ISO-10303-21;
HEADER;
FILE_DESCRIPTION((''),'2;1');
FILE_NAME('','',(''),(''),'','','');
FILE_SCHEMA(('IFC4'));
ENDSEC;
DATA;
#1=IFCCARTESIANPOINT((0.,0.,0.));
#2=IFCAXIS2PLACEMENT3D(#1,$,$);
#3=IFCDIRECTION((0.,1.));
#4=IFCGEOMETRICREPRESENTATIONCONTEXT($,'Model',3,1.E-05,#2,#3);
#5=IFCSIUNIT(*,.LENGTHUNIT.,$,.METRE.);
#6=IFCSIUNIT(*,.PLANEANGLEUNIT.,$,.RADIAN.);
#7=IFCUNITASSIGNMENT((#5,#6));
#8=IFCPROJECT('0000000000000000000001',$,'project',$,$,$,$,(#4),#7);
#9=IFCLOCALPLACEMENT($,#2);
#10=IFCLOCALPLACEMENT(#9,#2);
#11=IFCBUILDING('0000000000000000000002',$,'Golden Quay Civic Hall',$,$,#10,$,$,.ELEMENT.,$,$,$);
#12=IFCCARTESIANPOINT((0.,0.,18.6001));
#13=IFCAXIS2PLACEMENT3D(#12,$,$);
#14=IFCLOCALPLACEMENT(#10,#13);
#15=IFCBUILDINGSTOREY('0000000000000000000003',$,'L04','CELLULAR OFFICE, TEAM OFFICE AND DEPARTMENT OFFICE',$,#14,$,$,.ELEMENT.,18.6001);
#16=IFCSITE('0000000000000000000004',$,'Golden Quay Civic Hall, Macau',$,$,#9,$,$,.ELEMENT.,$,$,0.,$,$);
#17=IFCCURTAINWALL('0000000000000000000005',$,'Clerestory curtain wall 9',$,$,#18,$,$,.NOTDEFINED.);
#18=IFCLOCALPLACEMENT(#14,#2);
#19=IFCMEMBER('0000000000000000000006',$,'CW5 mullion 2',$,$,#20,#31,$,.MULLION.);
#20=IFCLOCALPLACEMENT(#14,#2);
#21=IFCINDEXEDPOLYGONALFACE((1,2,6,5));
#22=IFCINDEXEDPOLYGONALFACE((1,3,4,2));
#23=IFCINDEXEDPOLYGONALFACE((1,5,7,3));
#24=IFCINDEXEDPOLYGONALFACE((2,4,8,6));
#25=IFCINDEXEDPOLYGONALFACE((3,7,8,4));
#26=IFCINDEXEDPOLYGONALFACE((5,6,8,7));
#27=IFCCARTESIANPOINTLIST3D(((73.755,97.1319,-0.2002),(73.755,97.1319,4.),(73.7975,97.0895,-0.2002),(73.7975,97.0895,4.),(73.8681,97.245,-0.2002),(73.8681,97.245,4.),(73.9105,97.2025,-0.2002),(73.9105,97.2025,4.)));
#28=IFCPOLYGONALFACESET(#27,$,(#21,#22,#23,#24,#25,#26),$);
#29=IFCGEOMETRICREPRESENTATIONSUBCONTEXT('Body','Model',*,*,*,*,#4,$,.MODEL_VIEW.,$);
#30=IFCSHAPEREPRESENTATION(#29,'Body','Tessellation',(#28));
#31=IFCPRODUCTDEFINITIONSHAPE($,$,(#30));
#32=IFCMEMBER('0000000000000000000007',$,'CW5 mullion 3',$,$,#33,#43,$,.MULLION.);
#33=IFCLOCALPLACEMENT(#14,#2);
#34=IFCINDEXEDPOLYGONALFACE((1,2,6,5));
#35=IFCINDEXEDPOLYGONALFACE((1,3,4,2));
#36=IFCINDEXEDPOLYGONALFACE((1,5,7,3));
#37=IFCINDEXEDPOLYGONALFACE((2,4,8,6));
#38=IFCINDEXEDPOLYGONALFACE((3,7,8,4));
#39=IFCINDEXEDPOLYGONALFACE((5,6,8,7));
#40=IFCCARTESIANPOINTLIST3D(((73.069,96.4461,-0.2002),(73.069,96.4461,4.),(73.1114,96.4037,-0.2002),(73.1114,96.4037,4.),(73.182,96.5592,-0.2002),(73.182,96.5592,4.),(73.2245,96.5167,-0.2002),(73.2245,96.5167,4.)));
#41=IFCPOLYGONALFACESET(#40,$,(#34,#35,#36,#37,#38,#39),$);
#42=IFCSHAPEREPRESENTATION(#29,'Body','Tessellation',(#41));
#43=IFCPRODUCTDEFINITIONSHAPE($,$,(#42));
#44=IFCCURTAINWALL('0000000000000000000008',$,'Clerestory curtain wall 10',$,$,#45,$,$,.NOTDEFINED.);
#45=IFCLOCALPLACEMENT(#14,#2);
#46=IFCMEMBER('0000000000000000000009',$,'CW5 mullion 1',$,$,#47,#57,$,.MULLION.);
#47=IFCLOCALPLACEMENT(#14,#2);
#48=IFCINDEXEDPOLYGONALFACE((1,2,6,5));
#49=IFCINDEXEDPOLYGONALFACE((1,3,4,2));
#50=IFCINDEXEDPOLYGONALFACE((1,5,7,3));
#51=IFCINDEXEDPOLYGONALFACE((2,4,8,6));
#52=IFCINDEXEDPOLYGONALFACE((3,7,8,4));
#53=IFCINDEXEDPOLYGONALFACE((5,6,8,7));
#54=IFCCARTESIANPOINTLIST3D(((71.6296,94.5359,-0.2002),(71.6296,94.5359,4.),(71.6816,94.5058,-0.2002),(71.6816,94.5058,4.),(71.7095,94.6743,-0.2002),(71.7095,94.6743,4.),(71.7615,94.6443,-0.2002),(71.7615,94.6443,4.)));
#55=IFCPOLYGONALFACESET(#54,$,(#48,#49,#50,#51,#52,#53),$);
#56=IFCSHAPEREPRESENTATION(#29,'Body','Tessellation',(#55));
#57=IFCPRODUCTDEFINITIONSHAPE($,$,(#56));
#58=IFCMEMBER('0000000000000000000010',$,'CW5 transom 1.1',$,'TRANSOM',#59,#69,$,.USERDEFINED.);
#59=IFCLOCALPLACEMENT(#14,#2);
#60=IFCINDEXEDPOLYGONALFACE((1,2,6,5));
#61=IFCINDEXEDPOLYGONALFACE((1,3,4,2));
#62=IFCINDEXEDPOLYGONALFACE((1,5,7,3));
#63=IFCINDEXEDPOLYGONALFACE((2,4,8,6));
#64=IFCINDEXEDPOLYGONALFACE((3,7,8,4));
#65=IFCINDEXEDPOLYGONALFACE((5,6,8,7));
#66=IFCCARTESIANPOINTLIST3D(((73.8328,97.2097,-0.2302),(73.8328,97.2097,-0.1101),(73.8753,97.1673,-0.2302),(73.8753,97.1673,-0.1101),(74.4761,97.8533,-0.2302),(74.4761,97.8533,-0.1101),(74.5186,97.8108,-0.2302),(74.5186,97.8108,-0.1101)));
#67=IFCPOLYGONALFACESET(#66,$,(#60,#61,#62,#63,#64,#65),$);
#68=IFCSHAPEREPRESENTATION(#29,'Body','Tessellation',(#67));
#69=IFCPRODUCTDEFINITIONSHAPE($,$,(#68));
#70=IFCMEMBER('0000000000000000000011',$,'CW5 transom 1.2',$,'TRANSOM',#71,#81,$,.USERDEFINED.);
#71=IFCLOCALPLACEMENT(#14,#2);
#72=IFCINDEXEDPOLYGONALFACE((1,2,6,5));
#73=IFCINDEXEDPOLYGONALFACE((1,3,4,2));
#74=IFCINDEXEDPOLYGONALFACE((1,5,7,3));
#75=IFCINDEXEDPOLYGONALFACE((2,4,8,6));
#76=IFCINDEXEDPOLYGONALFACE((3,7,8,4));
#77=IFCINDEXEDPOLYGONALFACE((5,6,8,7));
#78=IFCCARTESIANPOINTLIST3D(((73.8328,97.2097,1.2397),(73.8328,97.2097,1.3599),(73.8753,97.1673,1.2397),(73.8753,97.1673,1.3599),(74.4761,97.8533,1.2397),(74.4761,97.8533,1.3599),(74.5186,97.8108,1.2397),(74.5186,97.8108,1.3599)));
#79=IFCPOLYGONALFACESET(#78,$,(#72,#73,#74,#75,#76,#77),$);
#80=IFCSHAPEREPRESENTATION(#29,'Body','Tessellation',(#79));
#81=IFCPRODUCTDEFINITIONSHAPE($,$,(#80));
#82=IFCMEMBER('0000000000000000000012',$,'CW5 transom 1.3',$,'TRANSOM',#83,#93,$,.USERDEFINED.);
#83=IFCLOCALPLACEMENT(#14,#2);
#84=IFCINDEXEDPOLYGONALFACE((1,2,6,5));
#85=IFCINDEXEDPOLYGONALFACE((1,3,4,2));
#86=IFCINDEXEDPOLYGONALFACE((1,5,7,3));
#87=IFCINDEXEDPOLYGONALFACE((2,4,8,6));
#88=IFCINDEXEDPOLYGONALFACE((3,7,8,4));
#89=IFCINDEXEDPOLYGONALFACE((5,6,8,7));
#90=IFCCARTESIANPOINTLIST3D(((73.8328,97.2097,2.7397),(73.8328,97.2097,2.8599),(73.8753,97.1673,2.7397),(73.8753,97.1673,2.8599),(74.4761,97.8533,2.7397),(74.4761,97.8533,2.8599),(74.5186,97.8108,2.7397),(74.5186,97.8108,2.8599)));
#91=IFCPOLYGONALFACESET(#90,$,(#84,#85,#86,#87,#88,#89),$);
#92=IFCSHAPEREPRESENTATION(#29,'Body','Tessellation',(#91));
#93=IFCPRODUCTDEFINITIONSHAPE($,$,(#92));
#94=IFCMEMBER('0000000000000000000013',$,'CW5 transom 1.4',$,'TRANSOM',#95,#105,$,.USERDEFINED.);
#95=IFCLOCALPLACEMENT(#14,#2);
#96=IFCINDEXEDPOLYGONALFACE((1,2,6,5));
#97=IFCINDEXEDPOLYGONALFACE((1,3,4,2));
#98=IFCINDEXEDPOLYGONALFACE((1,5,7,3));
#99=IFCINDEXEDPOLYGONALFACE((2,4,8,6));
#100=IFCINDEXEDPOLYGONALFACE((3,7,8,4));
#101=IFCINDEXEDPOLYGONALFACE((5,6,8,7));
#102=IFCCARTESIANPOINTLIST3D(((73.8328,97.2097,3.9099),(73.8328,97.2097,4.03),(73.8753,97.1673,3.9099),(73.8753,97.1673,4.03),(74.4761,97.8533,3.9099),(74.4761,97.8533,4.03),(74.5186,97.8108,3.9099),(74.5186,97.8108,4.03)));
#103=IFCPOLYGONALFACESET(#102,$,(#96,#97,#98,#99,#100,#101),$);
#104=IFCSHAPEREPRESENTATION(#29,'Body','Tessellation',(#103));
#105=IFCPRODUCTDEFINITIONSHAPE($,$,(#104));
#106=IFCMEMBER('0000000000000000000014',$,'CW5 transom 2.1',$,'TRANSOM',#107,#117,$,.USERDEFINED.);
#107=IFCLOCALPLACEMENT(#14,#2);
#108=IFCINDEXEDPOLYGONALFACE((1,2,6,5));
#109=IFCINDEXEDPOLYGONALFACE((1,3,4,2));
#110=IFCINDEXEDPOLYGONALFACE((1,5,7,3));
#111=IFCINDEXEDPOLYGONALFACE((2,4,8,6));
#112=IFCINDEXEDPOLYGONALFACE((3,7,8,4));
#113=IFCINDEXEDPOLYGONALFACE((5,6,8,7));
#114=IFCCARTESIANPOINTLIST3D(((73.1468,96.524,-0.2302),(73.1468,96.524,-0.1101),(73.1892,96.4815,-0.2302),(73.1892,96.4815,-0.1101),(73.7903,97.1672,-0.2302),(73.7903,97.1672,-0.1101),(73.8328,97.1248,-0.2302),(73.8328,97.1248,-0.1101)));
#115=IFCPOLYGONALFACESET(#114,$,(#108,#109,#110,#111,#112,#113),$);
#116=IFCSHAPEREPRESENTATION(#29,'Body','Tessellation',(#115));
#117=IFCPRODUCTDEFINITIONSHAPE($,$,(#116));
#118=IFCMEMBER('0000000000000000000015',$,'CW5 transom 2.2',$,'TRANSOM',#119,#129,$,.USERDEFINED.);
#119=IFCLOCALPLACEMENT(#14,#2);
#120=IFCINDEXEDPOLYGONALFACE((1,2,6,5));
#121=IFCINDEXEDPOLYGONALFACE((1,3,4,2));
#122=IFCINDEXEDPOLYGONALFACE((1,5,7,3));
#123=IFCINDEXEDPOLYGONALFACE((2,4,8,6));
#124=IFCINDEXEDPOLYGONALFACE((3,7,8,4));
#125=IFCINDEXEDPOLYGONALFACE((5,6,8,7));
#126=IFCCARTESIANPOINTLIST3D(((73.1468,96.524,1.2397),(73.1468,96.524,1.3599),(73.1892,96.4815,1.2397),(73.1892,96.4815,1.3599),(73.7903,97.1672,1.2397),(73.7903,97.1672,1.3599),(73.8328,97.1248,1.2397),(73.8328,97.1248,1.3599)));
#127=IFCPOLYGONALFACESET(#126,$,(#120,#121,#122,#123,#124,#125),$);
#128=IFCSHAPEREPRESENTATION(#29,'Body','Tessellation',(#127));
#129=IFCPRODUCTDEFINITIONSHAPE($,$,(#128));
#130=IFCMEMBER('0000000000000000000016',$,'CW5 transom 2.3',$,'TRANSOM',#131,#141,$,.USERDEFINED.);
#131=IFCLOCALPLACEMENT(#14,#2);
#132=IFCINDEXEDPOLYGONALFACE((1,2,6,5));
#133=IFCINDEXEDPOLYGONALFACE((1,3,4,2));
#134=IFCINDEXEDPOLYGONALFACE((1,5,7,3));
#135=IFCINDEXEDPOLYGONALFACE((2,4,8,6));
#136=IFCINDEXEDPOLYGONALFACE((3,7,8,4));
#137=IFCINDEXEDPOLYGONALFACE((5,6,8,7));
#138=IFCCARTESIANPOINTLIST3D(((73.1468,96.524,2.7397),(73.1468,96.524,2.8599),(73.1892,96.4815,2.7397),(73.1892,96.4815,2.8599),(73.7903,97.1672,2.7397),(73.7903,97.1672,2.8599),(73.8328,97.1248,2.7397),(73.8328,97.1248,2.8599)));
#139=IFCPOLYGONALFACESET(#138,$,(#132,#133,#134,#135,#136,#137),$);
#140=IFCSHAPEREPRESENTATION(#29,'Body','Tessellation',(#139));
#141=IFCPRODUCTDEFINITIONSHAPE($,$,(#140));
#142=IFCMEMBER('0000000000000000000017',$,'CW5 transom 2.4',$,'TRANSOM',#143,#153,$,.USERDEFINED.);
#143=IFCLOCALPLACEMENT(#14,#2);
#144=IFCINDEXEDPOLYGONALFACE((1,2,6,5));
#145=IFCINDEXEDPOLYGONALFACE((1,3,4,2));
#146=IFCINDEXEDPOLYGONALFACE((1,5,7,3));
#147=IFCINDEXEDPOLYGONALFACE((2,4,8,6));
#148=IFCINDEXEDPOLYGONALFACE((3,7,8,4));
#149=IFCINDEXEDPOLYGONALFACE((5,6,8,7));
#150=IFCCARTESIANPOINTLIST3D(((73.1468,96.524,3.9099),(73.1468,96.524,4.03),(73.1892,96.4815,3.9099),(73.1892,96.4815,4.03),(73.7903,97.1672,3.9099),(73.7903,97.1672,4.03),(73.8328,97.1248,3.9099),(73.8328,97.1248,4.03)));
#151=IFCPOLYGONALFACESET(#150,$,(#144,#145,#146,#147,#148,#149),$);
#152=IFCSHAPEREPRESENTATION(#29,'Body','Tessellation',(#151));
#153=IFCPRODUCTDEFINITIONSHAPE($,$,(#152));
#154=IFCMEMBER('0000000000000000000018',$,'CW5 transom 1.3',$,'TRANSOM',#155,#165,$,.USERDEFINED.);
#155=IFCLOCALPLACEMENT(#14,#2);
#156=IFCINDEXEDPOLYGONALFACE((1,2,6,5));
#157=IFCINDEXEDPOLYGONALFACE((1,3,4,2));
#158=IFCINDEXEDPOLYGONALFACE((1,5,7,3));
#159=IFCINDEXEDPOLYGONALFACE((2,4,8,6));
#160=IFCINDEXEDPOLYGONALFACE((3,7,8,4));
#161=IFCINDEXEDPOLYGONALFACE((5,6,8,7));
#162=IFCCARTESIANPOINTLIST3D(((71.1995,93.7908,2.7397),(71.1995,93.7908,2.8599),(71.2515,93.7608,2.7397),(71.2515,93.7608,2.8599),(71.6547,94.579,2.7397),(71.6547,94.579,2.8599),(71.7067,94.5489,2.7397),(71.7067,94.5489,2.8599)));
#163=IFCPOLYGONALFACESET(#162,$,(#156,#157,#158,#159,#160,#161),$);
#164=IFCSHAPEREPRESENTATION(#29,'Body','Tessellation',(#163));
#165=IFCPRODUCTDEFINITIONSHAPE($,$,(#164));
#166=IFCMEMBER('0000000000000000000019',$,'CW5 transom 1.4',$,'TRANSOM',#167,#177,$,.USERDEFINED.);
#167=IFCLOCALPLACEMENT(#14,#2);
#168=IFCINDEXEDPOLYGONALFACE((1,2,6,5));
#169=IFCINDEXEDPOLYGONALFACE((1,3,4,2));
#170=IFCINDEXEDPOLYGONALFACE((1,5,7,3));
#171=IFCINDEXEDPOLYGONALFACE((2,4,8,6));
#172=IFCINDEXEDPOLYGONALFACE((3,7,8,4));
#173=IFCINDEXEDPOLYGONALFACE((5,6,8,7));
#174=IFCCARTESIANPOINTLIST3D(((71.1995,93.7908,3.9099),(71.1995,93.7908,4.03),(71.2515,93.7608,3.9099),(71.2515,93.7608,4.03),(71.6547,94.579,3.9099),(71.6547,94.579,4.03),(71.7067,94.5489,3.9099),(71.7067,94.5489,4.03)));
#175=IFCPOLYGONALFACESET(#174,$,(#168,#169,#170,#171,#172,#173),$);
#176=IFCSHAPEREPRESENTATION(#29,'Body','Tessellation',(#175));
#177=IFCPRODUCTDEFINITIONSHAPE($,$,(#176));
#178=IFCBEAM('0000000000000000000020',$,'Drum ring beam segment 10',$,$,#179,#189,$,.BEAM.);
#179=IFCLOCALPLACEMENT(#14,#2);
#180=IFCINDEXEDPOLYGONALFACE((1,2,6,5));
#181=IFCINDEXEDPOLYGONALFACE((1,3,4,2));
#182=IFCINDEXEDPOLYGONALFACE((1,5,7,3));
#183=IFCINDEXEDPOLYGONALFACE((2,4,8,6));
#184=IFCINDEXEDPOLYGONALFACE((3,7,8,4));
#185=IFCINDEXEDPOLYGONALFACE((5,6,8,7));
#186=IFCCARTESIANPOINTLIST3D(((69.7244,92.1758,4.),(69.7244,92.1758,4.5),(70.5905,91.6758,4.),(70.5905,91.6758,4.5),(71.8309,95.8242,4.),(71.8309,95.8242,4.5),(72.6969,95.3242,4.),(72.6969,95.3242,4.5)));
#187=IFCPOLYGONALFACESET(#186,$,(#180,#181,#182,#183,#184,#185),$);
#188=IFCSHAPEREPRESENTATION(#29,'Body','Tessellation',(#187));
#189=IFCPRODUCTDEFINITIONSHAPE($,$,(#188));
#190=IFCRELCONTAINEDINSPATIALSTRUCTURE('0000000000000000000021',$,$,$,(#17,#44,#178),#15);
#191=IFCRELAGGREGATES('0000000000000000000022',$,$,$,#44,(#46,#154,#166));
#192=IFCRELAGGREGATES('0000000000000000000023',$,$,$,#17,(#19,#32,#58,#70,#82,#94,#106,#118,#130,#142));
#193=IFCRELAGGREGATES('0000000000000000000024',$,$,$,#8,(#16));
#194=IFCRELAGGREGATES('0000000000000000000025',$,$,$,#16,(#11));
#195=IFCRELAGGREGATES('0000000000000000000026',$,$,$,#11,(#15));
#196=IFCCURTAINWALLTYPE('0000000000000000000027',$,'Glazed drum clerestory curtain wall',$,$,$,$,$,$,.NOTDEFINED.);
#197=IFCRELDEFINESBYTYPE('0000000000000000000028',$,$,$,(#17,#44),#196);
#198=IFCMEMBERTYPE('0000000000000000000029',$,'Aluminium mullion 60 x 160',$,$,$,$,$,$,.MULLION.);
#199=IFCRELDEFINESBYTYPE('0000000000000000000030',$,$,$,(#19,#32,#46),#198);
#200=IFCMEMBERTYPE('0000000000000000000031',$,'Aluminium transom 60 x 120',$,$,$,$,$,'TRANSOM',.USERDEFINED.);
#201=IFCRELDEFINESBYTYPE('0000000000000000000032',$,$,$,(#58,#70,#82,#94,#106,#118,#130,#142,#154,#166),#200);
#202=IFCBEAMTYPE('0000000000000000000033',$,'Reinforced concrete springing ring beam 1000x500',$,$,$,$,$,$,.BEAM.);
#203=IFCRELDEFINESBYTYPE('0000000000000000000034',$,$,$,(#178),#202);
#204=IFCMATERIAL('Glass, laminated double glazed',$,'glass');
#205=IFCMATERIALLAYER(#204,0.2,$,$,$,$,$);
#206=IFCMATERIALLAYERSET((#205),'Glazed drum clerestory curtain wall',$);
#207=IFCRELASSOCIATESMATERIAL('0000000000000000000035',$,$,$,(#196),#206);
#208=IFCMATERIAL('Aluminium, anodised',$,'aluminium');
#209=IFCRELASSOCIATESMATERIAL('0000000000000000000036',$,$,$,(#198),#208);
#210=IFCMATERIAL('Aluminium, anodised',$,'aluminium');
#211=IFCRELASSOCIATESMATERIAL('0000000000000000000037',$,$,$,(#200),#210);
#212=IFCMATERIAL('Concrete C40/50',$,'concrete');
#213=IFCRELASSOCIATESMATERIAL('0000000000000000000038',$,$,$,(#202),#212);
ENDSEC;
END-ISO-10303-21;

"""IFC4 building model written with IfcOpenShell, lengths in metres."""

from ifc_helpers import new_model, si_unit, direction, frame, origin, origin_2d, place, context, subcontext, project, spatial, rectangle, extrude, material, layer, layer_set, material_profile, profile_set, type_object, element, aggregate, save


model = new_model("IFC4")

# Units and contexts
model_context = context("Model", 3, precision=1e-05, world=origin(), true_north=direction((0.0, 1.0)))
body_context = subcontext(model_context, "Body", "Model", "MODEL_VIEW")
ifc_project = project(units=[si_unit("LENGTHUNIT", "METRE"), si_unit("PLANEANGLEUNIT", "RADIAN")], contexts=[model_context])

# Site, building, storey
site_placement = place(None, origin())
site = spatial("IfcSite", under=ifc_project, at=site_placement, Name="Golden Quay Civic Hall, Macau", CompositionType="ELEMENT", RefElevation=0.0)
building_placement = place(site_placement, origin())
building = spatial("IfcBuilding", under=site, at=building_placement, Name="Golden Quay Civic Hall", CompositionType="ELEMENT")
storey_placement = place(building_placement, frame((0.0, 0.0, 18.6001)))
storey = spatial("IfcBuildingStorey", under=building, at=storey_placement, Name="L04", Description="CELLULAR OFFICE, TEAM OFFICE AND DEPARTMENT OFFICE", CompositionType="ELEMENT", Elevation=18.6001)

# Curtain wall, members
ifc_material_1 = material(Name="Glass, laminated double glazed", Category="glass")
ifc_layer_1 = layer(ifc_material_1, 0.2)
ifc_layer_set_1 = layer_set([ifc_layer_1], Name="Glazed drum clerestory curtain wall")
curtain_wall_type = type_object("IfcCurtainWallType", Name="Glazed drum clerestory curtain wall", PredefinedType="NOTDEFINED", material=ifc_layer_set_1)
curtain_wall_1_placement = place(storey_placement, origin())
curtain_wall_1 = element("IfcCurtainWall", 1, at=curtain_wall_1_placement, inside=storey, type_object=curtain_wall_type, Name="Clerestory curtain wall 9", PredefinedType="NOTDEFINED")
ifc_material_2 = material(Name="Aluminium, anodised", Category="aluminium")
ifc_material_profile_1 = material_profile(ifc_material_2, rectangle(XDim=0.0601, YDim=0.1599, at=origin_2d()), Name="Aluminium 60 x 160")
ifc_profile_set_1 = profile_set([ifc_material_profile_1], Name="Aluminium, anodised")
member_type_1 = type_object("IfcMemberType", Name="Aluminium mullion 60 x 160", PredefinedType="MULLION", material=ifc_profile_set_1)
member_1_placement = place(storey_placement, frame((73.8328, 97.1672, -0.2002), z_axis=(0.0, 0.0, 1.0), x_axis=(0.707107, -0.707107, 0.0)))
member_1 = element("IfcMember", 2, at=member_1_placement, type_object=member_type_1, Name="CW5 mullion 2", PredefinedType="MULLION", context=body_context, shape_type="SweptSolid", body=[
    extrude(rectangle(XDim=0.0601, YDim=0.1599, at=origin_2d()), origin(), (0.0, 0.0, 1.0), 4.2002),
])
member_2_placement = place(storey_placement, frame((73.1467, 96.4814, -0.2002), z_axis=(0.0, 0.0, 1.0), x_axis=(0.707107, -0.707107, 0.0)))
member_2 = element("IfcMember", 3, at=member_2_placement, type_object=member_type_1, Name="CW5 mullion 3", PredefinedType="MULLION", context=body_context, shape_type="SweptSolid", body=[
    extrude(rectangle(XDim=0.0601, YDim=0.1599, at=origin_2d()), origin(), (0.0, 0.0, 1.0), 4.2002),
])

# Curtain wall, member
curtain_wall_2_placement = place(storey_placement, origin())
curtain_wall_2 = element("IfcCurtainWall", 4, at=curtain_wall_2_placement, inside=storey, type_object=curtain_wall_type, Name="Clerestory curtain wall 10", PredefinedType="NOTDEFINED")
member_3_placement = place(storey_placement, frame((71.6956, 94.5901, -0.2002), z_axis=(0.0, 0.0, 1.0), x_axis=(0.866019, -0.500011, 0.0)))
member_3 = element("IfcMember", 5, at=member_3_placement, type_object=member_type_1, Name="CW5 mullion 1", PredefinedType="MULLION", context=body_context, shape_type="SweptSolid", body=[
    extrude(rectangle(XDim=0.0601, YDim=0.1599, at=origin_2d()), origin(), (0.0, 0.0, 1.0), 4.2002),
])

# Members
ifc_material_3 = material(Name="Aluminium, anodised", Category="aluminium")
ifc_material_profile_2 = material_profile(ifc_material_3, rectangle(XDim=0.0601, YDim=0.1201, at=origin_2d()), Name="Aluminium 60 x 120")
ifc_profile_set_2 = profile_set([ifc_material_profile_2], Name="Aluminium, anodised")
member_type_2 = type_object("IfcMemberType", Name="Aluminium transom 60 x 120", ElementType="TRANSOM", PredefinedType="USERDEFINED", material=ifc_profile_set_2)
member_4_placement = place(storey_placement, frame((74.4973, 97.832, -0.1702), z_axis=(-0.706973, -0.707241, 0.0), x_axis=(0.707241, -0.706973, 0.0)))
member_4 = element("IfcMember", 6, at=member_4_placement, type_object=member_type_2, Name="CW5 transom 1.1", ObjectType="TRANSOM", PredefinedType="USERDEFINED", context=body_context, shape_type="SweptSolid", body=[
    extrude(rectangle(XDim=0.0601, YDim=0.1201, at=origin_2d()), origin(), (0.0, 0.0, 1.0), 0.9099),
])
member_5_placement = place(storey_placement, frame((74.4973, 97.832, 1.2998), z_axis=(-0.706973, -0.707241, 0.0), x_axis=(0.707241, -0.706973, 0.0)))
member_5 = element("IfcMember", 7, at=member_5_placement, type_object=member_type_2, Name="CW5 transom 1.2", ObjectType="TRANSOM", PredefinedType="USERDEFINED", context=body_context, shape_type="SweptSolid", body=[
    extrude(rectangle(XDim=0.0601, YDim=0.1201, at=origin_2d()), origin(), (0.0, 0.0, 1.0), 0.9099),
])
member_6_placement = place(storey_placement, frame((74.4973, 97.832, 2.7998), z_axis=(-0.706973, -0.707241, 0.0), x_axis=(0.707241, -0.706973, 0.0)))
member_6 = element("IfcMember", 8, at=member_6_placement, type_object=member_type_2, Name="CW5 transom 1.3", ObjectType="TRANSOM", PredefinedType="USERDEFINED", context=body_context, shape_type="SweptSolid", body=[
    extrude(rectangle(XDim=0.0601, YDim=0.1201, at=origin_2d()), origin(), (0.0, 0.0, 1.0), 0.9099),
])
member_7_placement = place(storey_placement, frame((74.4973, 97.832, 3.97), z_axis=(-0.706973, -0.707241, 0.0), x_axis=(0.707241, -0.706973, 0.0)))
member_7 = element("IfcMember", 9, at=member_7_placement, type_object=member_type_2, Name="CW5 transom 1.4", ObjectType="TRANSOM", PredefinedType="USERDEFINED", context=body_context, shape_type="SweptSolid", body=[
    extrude(rectangle(XDim=0.0601, YDim=0.1201, at=origin_2d()), origin(), (0.0, 0.0, 1.0), 0.9099),
])
member_8_placement = place(storey_placement, frame((73.8115, 97.146, -0.1702), z_axis=(-0.707241, -0.706973, 0.0), x_axis=(0.706973, -0.707241, 0.0)))
member_8 = element("IfcMember", 10, at=member_8_placement, type_object=member_type_2, Name="CW5 transom 2.1", ObjectType="TRANSOM", PredefinedType="USERDEFINED", context=body_context, shape_type="SweptSolid", body=[
    extrude(rectangle(XDim=0.0601, YDim=0.1201, at=origin_2d()), origin(), (0.0, 0.0, 1.0), 0.9099),
])
member_9_placement = place(storey_placement, frame((73.8115, 97.146, 1.2998), z_axis=(-0.707241, -0.706973, 0.0), x_axis=(0.706973, -0.707241, 0.0)))
member_9 = element("IfcMember", 11, at=member_9_placement, type_object=member_type_2, Name="CW5 transom 2.2", ObjectType="TRANSOM", PredefinedType="USERDEFINED", context=body_context, shape_type="SweptSolid", body=[
    extrude(rectangle(XDim=0.0601, YDim=0.1201, at=origin_2d()), origin(), (0.0, 0.0, 1.0), 0.9099),
])
member_10_placement = place(storey_placement, frame((73.8115, 97.146, 2.7998), z_axis=(-0.707241, -0.706973, 0.0), x_axis=(0.706973, -0.707241, 0.0)))
member_10 = element("IfcMember", 12, at=member_10_placement, type_object=member_type_2, Name="CW5 transom 2.3", ObjectType="TRANSOM", PredefinedType="USERDEFINED", context=body_context, shape_type="SweptSolid", body=[
    extrude(rectangle(XDim=0.0601, YDim=0.1201, at=origin_2d()), origin(), (0.0, 0.0, 1.0), 0.9099),
])
member_11_placement = place(storey_placement, frame((73.8115, 97.146, 3.97), z_axis=(-0.707241, -0.706973, 0.0), x_axis=(0.706973, -0.707241, 0.0)))
member_11 = element("IfcMember", 13, at=member_11_placement, type_object=member_type_2, Name="CW5 transom 2.4", ObjectType="TRANSOM", PredefinedType="USERDEFINED", context=body_context, shape_type="SweptSolid", body=[
    extrude(rectangle(XDim=0.0601, YDim=0.1201, at=origin_2d()), origin(), (0.0, 0.0, 1.0), 0.9099),
])
member_12_placement = place(storey_placement, frame((71.6807, 94.564, 2.7998), z_axis=(-0.500063, -0.865989, 0.0), x_axis=(0.865989, -0.500063, 0.0)))
member_12 = element("IfcMember", 14, at=member_12_placement, type_object=member_type_2, Name="CW5 transom 1.3", ObjectType="TRANSOM", PredefinedType="USERDEFINED", context=body_context, shape_type="SweptSolid", body=[
    extrude(rectangle(XDim=0.0601, YDim=0.1201, at=origin_2d()), origin(), (0.0, 0.0, 1.0), 0.9102),
])
member_13_placement = place(storey_placement, frame((71.6807, 94.564, 3.97), z_axis=(-0.500063, -0.865989, 0.0), x_axis=(0.865989, -0.500063, 0.0)))
member_13 = element("IfcMember", 15, at=member_13_placement, type_object=member_type_2, Name="CW5 transom 1.4", ObjectType="TRANSOM", PredefinedType="USERDEFINED", context=body_context, shape_type="SweptSolid", body=[
    extrude(rectangle(XDim=0.0601, YDim=0.1201, at=origin_2d()), origin(), (0.0, 0.0, 1.0), 0.9102),
])
aggregate(curtain_wall_2, [member_3, member_12, member_13])

# Beam
ifc_material_4 = material(Name="Concrete C40/50", Category="concrete")
ifc_material_profile_3 = material_profile(ifc_material_4, rectangle(XDim=1.0, YDim=0.5, at=origin_2d()), Name="RC 1000x500")
ifc_profile_set_3 = profile_set([ifc_material_profile_3], Name="Concrete C40/50")
beam_type = type_object("IfcBeamType", Name="Reinforced concrete springing ring beam 1000x500", PredefinedType="BEAM", material=ifc_profile_set_3)
beam_placement = place(storey_placement, frame((72.2639, 95.5742, 4.25), z_axis=(-0.500003, -0.866023, 0.0), x_axis=(0.866023, -0.500003, 0.0)))
element("IfcBeam", 16, at=beam_placement, inside=storey, type_object=beam_type, Name="Drum ring beam segment 10", PredefinedType="BEAM", context=body_context, shape_type="SweptSolid", body=[
    extrude(rectangle(XDim=1.0, YDim=0.5, at=origin_2d()), origin(), (0.0, 0.0, 1.0), 4.2129),
])

aggregate(curtain_wall_1, [member_1, member_2, member_4, member_5, member_6, member_7, member_8, member_9, member_10, member_11])

save(model, "model.ifc")
